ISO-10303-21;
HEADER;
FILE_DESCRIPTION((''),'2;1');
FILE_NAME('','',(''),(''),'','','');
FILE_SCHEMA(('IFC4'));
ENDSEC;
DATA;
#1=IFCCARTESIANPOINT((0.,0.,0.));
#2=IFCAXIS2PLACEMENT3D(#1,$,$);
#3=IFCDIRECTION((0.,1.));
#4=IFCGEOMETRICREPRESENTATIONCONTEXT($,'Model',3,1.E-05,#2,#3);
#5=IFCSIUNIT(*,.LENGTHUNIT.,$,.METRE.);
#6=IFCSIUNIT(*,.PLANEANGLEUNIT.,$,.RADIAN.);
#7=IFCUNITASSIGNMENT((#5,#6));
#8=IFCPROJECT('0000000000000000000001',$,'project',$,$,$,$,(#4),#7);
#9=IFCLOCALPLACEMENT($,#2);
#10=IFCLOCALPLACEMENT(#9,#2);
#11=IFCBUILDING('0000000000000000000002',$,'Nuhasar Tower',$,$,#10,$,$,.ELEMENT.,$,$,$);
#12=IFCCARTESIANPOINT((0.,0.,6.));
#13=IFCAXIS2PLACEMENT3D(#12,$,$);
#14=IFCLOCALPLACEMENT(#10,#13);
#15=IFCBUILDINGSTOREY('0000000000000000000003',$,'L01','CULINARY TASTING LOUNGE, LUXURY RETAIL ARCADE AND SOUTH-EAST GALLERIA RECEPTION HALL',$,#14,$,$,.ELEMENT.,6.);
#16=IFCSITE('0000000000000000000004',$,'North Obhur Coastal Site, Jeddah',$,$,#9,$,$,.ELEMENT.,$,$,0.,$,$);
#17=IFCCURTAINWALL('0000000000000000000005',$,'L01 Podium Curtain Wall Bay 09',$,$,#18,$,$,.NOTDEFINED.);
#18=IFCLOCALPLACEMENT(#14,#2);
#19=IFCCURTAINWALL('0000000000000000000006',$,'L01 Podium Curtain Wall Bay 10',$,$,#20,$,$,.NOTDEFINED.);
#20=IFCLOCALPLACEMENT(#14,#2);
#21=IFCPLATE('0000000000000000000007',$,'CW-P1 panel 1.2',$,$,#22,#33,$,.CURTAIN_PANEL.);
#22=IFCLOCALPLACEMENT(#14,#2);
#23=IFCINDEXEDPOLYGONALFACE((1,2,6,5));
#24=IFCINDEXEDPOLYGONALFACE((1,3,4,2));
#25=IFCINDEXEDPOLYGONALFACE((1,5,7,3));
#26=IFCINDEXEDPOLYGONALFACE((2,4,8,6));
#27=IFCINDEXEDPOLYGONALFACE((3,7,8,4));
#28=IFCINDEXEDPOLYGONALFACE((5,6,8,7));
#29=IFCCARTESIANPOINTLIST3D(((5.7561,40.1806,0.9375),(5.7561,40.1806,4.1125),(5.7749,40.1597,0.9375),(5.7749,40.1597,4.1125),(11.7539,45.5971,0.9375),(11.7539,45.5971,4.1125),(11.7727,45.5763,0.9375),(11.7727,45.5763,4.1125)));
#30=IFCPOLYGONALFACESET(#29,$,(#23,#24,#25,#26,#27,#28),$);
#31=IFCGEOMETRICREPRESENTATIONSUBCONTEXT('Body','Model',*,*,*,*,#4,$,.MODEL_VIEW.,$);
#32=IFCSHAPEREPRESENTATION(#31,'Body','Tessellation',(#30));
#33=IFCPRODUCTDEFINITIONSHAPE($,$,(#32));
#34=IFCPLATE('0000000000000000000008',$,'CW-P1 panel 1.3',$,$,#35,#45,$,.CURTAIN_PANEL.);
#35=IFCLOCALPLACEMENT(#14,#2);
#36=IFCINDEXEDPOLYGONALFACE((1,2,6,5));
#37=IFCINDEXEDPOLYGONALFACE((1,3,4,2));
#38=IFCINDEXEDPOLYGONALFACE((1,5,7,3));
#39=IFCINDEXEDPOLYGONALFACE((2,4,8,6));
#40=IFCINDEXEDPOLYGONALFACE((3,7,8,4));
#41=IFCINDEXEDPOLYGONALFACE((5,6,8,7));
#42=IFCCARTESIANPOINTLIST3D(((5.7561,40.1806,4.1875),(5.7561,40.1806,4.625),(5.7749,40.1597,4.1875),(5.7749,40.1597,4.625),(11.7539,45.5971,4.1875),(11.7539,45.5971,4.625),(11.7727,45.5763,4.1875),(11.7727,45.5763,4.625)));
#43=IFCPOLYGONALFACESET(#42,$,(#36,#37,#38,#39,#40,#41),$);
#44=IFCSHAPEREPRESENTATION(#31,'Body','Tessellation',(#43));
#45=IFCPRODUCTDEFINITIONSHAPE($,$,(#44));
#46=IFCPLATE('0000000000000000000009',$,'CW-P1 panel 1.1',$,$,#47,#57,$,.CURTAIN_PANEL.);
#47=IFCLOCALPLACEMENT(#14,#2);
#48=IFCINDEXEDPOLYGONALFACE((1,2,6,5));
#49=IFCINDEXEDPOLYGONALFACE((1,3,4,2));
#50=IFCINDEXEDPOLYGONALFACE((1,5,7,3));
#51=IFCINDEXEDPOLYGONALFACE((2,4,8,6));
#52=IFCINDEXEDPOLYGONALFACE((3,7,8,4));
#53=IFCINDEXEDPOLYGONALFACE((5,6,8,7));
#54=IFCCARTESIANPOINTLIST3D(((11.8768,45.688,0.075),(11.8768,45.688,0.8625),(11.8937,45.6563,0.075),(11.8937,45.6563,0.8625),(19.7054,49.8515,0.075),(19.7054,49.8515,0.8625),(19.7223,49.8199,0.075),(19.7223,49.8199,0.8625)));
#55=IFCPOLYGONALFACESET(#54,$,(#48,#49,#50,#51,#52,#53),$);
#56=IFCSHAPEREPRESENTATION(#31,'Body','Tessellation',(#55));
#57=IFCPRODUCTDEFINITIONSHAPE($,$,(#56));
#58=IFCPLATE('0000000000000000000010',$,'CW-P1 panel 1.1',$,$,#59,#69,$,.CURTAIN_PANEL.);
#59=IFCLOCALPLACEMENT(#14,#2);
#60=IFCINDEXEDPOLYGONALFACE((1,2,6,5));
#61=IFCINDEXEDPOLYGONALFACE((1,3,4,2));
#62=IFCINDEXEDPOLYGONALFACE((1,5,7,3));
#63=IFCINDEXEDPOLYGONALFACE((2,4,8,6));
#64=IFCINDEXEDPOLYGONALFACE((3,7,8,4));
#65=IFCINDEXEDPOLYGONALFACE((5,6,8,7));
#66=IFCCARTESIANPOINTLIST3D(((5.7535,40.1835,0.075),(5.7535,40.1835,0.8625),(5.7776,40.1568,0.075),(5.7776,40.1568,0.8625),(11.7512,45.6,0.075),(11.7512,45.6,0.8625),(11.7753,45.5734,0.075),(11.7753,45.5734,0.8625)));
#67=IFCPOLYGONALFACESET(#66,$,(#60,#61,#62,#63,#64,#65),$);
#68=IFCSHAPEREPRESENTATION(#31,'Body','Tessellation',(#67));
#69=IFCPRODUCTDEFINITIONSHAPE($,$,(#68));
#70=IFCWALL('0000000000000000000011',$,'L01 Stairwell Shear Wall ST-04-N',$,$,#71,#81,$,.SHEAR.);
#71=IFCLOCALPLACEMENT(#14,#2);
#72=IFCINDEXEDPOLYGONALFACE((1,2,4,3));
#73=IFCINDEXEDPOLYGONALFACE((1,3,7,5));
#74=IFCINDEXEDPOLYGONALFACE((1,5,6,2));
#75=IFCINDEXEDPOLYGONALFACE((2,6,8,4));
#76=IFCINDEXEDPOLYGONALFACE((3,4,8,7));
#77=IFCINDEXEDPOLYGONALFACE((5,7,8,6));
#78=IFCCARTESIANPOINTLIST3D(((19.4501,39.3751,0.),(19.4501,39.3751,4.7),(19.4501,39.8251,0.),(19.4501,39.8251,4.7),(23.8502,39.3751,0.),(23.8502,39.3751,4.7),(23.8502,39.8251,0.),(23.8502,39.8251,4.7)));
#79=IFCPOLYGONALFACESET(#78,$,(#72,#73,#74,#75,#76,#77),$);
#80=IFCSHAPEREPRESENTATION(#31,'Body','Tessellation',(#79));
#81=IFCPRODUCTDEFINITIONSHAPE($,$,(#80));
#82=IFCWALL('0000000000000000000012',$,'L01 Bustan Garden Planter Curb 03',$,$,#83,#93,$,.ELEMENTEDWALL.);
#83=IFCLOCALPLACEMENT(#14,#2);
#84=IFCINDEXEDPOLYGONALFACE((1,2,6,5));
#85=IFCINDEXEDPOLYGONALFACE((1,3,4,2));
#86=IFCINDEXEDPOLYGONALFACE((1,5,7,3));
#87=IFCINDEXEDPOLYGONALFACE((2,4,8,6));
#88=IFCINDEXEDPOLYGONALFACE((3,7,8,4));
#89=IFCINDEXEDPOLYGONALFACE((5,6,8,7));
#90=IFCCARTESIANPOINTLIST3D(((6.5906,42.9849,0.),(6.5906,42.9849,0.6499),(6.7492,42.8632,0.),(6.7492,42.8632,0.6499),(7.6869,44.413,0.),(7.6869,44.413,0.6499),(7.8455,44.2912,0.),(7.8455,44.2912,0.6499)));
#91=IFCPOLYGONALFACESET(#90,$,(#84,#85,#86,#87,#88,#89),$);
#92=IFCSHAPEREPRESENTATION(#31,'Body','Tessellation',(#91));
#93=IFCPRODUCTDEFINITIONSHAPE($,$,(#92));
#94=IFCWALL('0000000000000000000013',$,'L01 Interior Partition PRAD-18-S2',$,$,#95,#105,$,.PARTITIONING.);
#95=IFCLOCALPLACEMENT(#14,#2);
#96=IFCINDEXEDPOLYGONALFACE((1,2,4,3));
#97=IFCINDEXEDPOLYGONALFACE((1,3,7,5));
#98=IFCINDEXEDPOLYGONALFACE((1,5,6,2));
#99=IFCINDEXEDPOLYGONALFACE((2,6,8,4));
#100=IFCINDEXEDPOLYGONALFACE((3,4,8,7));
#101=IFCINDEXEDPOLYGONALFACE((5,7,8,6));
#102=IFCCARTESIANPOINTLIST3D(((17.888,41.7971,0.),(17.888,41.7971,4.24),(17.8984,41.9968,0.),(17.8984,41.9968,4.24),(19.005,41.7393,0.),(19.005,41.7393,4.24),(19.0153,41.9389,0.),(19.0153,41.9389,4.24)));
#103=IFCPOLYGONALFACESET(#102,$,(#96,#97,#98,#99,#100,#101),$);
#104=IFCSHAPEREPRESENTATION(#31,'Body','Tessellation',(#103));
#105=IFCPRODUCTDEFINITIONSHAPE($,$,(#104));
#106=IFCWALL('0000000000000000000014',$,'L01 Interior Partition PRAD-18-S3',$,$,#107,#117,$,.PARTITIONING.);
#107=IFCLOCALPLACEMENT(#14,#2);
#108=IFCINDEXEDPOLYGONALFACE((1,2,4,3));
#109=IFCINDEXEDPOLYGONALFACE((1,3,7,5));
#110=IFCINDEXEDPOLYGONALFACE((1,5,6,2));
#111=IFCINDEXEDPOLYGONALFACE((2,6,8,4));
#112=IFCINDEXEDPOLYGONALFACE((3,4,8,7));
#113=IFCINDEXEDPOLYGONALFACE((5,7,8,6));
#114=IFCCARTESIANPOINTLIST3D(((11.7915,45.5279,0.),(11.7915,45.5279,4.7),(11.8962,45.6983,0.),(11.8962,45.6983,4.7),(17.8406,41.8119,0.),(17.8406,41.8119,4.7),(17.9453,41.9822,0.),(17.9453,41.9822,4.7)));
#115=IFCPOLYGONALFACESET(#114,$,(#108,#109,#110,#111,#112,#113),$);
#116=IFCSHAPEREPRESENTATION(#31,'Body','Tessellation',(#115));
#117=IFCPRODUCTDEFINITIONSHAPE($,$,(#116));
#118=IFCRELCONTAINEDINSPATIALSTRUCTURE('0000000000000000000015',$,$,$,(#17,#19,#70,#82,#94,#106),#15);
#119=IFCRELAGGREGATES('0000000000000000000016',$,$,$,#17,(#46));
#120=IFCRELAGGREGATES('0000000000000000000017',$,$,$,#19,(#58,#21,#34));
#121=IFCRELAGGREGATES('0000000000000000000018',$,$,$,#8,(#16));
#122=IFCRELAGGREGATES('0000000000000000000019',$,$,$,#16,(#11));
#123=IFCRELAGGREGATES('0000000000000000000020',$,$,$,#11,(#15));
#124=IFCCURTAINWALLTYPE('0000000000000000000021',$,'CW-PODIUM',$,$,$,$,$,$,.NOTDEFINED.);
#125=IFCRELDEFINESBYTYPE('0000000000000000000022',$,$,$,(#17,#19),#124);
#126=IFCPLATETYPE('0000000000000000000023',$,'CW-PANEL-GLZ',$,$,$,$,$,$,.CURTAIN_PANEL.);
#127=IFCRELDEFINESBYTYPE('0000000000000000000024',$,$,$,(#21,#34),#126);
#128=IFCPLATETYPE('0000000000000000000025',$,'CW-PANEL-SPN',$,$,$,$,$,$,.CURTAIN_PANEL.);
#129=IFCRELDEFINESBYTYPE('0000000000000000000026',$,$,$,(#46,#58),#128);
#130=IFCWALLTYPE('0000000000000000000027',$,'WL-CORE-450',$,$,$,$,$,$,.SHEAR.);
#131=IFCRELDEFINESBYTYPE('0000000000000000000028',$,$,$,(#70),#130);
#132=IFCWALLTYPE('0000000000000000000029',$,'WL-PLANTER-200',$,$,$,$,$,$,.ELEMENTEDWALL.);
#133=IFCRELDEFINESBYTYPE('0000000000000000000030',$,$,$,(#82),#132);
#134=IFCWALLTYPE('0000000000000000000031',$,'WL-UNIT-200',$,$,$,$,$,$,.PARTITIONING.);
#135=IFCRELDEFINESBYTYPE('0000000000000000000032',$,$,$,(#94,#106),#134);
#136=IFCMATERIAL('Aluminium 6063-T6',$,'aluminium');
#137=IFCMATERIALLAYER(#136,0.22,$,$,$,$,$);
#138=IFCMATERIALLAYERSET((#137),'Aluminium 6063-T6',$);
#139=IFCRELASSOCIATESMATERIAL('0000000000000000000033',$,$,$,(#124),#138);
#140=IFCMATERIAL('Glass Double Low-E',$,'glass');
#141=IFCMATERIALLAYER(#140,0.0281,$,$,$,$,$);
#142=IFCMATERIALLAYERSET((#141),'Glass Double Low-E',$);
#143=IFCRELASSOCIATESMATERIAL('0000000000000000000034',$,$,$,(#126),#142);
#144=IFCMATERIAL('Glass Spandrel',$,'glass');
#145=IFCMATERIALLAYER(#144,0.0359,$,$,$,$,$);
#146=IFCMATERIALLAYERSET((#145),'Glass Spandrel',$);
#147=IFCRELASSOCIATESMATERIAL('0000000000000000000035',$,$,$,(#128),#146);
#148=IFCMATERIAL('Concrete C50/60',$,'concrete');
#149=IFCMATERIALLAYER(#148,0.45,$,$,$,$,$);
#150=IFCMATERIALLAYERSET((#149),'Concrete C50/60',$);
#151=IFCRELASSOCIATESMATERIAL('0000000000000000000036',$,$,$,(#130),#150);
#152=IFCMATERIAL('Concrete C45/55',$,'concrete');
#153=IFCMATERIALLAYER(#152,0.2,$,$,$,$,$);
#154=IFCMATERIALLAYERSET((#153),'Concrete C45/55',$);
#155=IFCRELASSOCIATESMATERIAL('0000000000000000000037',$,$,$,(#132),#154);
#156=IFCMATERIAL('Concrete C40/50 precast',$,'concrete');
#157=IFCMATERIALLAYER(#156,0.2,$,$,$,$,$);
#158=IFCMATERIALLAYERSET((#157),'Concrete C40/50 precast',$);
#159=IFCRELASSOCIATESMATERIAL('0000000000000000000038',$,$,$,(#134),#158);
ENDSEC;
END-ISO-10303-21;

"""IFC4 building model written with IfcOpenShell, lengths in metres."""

from ifc_helpers import new_model, si_unit, direction, frame, frame_2d, origin, origin_2d, place, context, subcontext, project, spatial, rectangle, extrude, material, layer, layer_set, type_object, element, aggregate, save


model = new_model("IFC4")

# Units and contexts
model_context = context("Model", 3, precision=1e-05, world=origin(), true_north=direction((0.0, 1.0)))
body_context = subcontext(model_context, "Body", "Model", "MODEL_VIEW")
ifc_project = project(units=[si_unit("LENGTHUNIT", "METRE"), si_unit("PLANEANGLEUNIT", "RADIAN")], contexts=[model_context])

# Site, building, storey
site_placement = place(None, origin())
site = spatial("IfcSite", under=ifc_project, at=site_placement, Name="North Obhur Coastal Site, Jeddah", CompositionType="ELEMENT", RefElevation=0.0)
building_placement = place(site_placement, origin())
building = spatial("IfcBuilding", under=site, at=building_placement, Name="Nuhasar Tower", CompositionType="ELEMENT")
storey_placement = place(building_placement, frame((0.0, 0.0, 6.0)))
storey = spatial("IfcBuildingStorey", under=building, at=storey_placement, Name="L01", Description="CULINARY TASTING LOUNGE, LUXURY RETAIL ARCADE AND SOUTH-EAST GALLERIA RECEPTION HALL", CompositionType="ELEMENT", Elevation=6.0)

# Shared definitions
ifc_material_1 = material(Name="Concrete C50/60", Category="concrete")

# Curtain walls
ifc_material_2 = material(Name="Aluminium 6063-T6", Category="aluminium")
ifc_layer_1 = layer(ifc_material_2, 0.22)
ifc_layer_set_1 = layer_set([ifc_layer_1], Name="Aluminium 6063-T6")
curtain_wall_type = type_object("IfcCurtainWallType", Name="CW-PODIUM", PredefinedType="NOTDEFINED", material=ifc_layer_set_1)
curtain_wall_1_placement = place(storey_placement, origin())
curtain_wall_1 = element("IfcCurtainWall", 1, at=curtain_wall_1_placement, inside=storey, type_object=curtain_wall_type, Name="L01 Podium Curtain Wall Bay 09", PredefinedType="NOTDEFINED")
curtain_wall_2_placement = place(storey_placement, origin())
curtain_wall_2 = element("IfcCurtainWall", 2, at=curtain_wall_2_placement, inside=storey, type_object=curtain_wall_type, Name="L01 Podium Curtain Wall Bay 10", PredefinedType="NOTDEFINED")

# Plates
ifc_material_3 = material(Name="Glass Double Low-E", Category="glass")
ifc_layer_2 = layer(ifc_material_3, 0.0281)
ifc_layer_set_2 = layer_set([ifc_layer_2], Name="Glass Double Low-E")
plate_type_1 = type_object("IfcPlateType", Name="CW-PANEL-GLZ", PredefinedType="CURTAIN_PANEL", material=ifc_layer_set_2)
plate_1_placement = place(storey_placement, frame((8.7644, 42.8784, 0.9375), z_axis=(0.0, 0.0, 1.0), x_axis=(-0.742151, -0.670232, 0.0)))
plate_1 = element("IfcPlate", 3, at=plate_1_placement, type_object=plate_type_1, Name="CW-P1 panel 1.2", PredefinedType="CURTAIN_PANEL", context=body_context, shape_type="SweptSolid", body=[
    extrude(rectangle(XDim=8.0815, YDim=0.0281, at=origin_2d()), origin(), (0.0, 0.0, 1.0), 3.175),
])
plate_2_placement = place(storey_placement, frame((8.7644, 42.8784, 4.1875), z_axis=(0.0, 0.0, 1.0), x_axis=(-0.742151, -0.670232, 0.0)))
plate_2 = element("IfcPlate", 4, at=plate_2_placement, type_object=plate_type_1, Name="CW-P1 panel 1.3", PredefinedType="CURTAIN_PANEL", context=body_context, shape_type="SweptSolid", body=[
    extrude(rectangle(XDim=8.0815, YDim=0.0281, at=origin_2d()), origin(), (0.0, 0.0, 1.0), 0.4375),
])
ifc_material_4 = material(Name="Glass Spandrel", Category="glass")
ifc_layer_3 = layer(ifc_material_4, 0.0359)
ifc_layer_set_3 = layer_set([ifc_layer_3], Name="Glass Spandrel")
plate_type_2 = type_object("IfcPlateType", Name="CW-PANEL-SPN", PredefinedType="CURTAIN_PANEL", material=ifc_layer_set_3)
plate_3_placement = place(storey_placement, frame((15.7996, 47.7539, 0.075), z_axis=(0.0, 0.0, 1.0), x_axis=(-0.882899, -0.469563, 0.0)))
plate_3 = element("IfcPlate", 5, at=plate_3_placement, type_object=plate_type_2, Name="CW-P1 panel 1.1", PredefinedType="CURTAIN_PANEL", context=body_context, shape_type="SweptSolid", body=[
    extrude(rectangle(XDim=8.8669, YDim=0.0359, at=origin_2d()), origin(), (0.0, 0.0, 1.0), 0.7876),
])
aggregate(curtain_wall_1, [plate_3])
plate_4_placement = place(storey_placement, frame((8.7644, 42.8784, 0.075), z_axis=(0.0, 0.0, 1.0), x_axis=(-0.742151, -0.670232, 0.0)))
plate_4 = element("IfcPlate", 6, at=plate_4_placement, type_object=plate_type_2, Name="CW-P1 panel 1.1", PredefinedType="CURTAIN_PANEL", context=body_context, shape_type="SweptSolid", body=[
    extrude(rectangle(XDim=8.0815, YDim=0.0359, at=origin_2d()), origin(), (0.0, 0.0, 1.0), 0.7876),
])
aggregate(curtain_wall_2, [plate_4, plate_1, plate_2])

# Walls
ifc_layer_4 = layer(ifc_material_1, 0.45)
ifc_layer_set_4 = layer_set([ifc_layer_4], Name="Concrete C50/60")
wall_type_1 = type_object("IfcWallType", Name="WL-CORE-450", PredefinedType="SHEAR", material=ifc_layer_set_4)
wall_1_placement = place(storey_placement, frame((19.45, 39.6001, 0.0), z_axis=(0.0, 0.0, 1.0), x_axis=(1.0, 0.0, 0.0)))
element("IfcWall", 7, at=wall_1_placement, inside=storey, type_object=wall_type_1, Name="L01 Stairwell Shear Wall ST-04-N", PredefinedType="SHEAR", context=body_context, shape_type="SweptSolid", body=[
    extrude(rectangle(XDim=4.4001, YDim=0.45, at=frame_2d((2.2002, 0.0))), origin(), (0.0, 0.0, 1.0), 4.7),
])
ifc_material_5 = material(Name="Concrete C45/55", Category="concrete")
ifc_layer_5 = layer(ifc_material_5, 0.2)
ifc_layer_set_5 = layer_set([ifc_layer_5], Name="Concrete C45/55")
wall_type_2 = type_object("IfcWallType", Name="WL-PLANTER-200", PredefinedType="ELEMENTEDWALL", material=ifc_layer_set_5)
wall_2_placement = place(storey_placement, frame((6.6699, 42.9241, 0.0), z_axis=(0.0, 0.0, 1.0), x_axis=(0.608924, 0.793229, 0.0)))
element("IfcWall", 8, at=wall_2_placement, inside=storey, type_object=wall_type_2, Name="L01 Bustan Garden Planter Curb 03", PredefinedType="ELEMENTEDWALL", context=body_context, shape_type="SweptSolid", body=[
    extrude(rectangle(XDim=1.8003, YDim=0.2, at=frame_2d((0.9001, 0.0))), origin(), (0.0, 0.0, 1.0), 0.6499),
])
ifc_material_6 = material(Name="Concrete C40/50 precast", Category="concrete")
ifc_layer_6 = layer(ifc_material_6, 0.2)
ifc_layer_set_6 = layer_set([ifc_layer_6], Name="Concrete C40/50 precast")
wall_type_3 = type_object("IfcWallType", Name="WL-UNIT-200", PredefinedType="PARTITIONING", material=ifc_layer_set_6)
wall_3_placement = place(storey_placement, frame((19.01, 41.8391, 0.0), z_axis=(0.0, 0.0, 1.0), x_axis=(-0.998661, 0.051734, 0.0)))
element("IfcWall", 9, at=wall_3_placement, inside=storey, type_object=wall_type_3, Name="L01 Interior Partition PRAD-18-S2", PredefinedType="PARTITIONING", context=body_context, shape_type="SweptSolid", body=[
    extrude(rectangle(XDim=1.1184, YDim=0.2, at=frame_2d((0.5591, 0.0))), origin(), (0.0, 0.0, 1.0), 4.24),
])
wall_4_placement = place(storey_placement, frame((17.8931, 41.897, 0.0), z_axis=(0.0, 0.0, 1.0), x_axis=(-0.852063, 0.523439, 0.0)))
element("IfcWall", 10, at=wall_4_placement, inside=storey, type_object=wall_type_3, Name="L01 Interior Partition PRAD-18-S3", PredefinedType="PARTITIONING", context=body_context, shape_type="SweptSolid", body=[
    extrude(rectangle(XDim=7.0994, YDim=0.2, at=frame_2d((3.5498, 0.0))), origin(), (0.0, 0.0, 1.0), 4.7),
])

save(model, "model.ifc")
